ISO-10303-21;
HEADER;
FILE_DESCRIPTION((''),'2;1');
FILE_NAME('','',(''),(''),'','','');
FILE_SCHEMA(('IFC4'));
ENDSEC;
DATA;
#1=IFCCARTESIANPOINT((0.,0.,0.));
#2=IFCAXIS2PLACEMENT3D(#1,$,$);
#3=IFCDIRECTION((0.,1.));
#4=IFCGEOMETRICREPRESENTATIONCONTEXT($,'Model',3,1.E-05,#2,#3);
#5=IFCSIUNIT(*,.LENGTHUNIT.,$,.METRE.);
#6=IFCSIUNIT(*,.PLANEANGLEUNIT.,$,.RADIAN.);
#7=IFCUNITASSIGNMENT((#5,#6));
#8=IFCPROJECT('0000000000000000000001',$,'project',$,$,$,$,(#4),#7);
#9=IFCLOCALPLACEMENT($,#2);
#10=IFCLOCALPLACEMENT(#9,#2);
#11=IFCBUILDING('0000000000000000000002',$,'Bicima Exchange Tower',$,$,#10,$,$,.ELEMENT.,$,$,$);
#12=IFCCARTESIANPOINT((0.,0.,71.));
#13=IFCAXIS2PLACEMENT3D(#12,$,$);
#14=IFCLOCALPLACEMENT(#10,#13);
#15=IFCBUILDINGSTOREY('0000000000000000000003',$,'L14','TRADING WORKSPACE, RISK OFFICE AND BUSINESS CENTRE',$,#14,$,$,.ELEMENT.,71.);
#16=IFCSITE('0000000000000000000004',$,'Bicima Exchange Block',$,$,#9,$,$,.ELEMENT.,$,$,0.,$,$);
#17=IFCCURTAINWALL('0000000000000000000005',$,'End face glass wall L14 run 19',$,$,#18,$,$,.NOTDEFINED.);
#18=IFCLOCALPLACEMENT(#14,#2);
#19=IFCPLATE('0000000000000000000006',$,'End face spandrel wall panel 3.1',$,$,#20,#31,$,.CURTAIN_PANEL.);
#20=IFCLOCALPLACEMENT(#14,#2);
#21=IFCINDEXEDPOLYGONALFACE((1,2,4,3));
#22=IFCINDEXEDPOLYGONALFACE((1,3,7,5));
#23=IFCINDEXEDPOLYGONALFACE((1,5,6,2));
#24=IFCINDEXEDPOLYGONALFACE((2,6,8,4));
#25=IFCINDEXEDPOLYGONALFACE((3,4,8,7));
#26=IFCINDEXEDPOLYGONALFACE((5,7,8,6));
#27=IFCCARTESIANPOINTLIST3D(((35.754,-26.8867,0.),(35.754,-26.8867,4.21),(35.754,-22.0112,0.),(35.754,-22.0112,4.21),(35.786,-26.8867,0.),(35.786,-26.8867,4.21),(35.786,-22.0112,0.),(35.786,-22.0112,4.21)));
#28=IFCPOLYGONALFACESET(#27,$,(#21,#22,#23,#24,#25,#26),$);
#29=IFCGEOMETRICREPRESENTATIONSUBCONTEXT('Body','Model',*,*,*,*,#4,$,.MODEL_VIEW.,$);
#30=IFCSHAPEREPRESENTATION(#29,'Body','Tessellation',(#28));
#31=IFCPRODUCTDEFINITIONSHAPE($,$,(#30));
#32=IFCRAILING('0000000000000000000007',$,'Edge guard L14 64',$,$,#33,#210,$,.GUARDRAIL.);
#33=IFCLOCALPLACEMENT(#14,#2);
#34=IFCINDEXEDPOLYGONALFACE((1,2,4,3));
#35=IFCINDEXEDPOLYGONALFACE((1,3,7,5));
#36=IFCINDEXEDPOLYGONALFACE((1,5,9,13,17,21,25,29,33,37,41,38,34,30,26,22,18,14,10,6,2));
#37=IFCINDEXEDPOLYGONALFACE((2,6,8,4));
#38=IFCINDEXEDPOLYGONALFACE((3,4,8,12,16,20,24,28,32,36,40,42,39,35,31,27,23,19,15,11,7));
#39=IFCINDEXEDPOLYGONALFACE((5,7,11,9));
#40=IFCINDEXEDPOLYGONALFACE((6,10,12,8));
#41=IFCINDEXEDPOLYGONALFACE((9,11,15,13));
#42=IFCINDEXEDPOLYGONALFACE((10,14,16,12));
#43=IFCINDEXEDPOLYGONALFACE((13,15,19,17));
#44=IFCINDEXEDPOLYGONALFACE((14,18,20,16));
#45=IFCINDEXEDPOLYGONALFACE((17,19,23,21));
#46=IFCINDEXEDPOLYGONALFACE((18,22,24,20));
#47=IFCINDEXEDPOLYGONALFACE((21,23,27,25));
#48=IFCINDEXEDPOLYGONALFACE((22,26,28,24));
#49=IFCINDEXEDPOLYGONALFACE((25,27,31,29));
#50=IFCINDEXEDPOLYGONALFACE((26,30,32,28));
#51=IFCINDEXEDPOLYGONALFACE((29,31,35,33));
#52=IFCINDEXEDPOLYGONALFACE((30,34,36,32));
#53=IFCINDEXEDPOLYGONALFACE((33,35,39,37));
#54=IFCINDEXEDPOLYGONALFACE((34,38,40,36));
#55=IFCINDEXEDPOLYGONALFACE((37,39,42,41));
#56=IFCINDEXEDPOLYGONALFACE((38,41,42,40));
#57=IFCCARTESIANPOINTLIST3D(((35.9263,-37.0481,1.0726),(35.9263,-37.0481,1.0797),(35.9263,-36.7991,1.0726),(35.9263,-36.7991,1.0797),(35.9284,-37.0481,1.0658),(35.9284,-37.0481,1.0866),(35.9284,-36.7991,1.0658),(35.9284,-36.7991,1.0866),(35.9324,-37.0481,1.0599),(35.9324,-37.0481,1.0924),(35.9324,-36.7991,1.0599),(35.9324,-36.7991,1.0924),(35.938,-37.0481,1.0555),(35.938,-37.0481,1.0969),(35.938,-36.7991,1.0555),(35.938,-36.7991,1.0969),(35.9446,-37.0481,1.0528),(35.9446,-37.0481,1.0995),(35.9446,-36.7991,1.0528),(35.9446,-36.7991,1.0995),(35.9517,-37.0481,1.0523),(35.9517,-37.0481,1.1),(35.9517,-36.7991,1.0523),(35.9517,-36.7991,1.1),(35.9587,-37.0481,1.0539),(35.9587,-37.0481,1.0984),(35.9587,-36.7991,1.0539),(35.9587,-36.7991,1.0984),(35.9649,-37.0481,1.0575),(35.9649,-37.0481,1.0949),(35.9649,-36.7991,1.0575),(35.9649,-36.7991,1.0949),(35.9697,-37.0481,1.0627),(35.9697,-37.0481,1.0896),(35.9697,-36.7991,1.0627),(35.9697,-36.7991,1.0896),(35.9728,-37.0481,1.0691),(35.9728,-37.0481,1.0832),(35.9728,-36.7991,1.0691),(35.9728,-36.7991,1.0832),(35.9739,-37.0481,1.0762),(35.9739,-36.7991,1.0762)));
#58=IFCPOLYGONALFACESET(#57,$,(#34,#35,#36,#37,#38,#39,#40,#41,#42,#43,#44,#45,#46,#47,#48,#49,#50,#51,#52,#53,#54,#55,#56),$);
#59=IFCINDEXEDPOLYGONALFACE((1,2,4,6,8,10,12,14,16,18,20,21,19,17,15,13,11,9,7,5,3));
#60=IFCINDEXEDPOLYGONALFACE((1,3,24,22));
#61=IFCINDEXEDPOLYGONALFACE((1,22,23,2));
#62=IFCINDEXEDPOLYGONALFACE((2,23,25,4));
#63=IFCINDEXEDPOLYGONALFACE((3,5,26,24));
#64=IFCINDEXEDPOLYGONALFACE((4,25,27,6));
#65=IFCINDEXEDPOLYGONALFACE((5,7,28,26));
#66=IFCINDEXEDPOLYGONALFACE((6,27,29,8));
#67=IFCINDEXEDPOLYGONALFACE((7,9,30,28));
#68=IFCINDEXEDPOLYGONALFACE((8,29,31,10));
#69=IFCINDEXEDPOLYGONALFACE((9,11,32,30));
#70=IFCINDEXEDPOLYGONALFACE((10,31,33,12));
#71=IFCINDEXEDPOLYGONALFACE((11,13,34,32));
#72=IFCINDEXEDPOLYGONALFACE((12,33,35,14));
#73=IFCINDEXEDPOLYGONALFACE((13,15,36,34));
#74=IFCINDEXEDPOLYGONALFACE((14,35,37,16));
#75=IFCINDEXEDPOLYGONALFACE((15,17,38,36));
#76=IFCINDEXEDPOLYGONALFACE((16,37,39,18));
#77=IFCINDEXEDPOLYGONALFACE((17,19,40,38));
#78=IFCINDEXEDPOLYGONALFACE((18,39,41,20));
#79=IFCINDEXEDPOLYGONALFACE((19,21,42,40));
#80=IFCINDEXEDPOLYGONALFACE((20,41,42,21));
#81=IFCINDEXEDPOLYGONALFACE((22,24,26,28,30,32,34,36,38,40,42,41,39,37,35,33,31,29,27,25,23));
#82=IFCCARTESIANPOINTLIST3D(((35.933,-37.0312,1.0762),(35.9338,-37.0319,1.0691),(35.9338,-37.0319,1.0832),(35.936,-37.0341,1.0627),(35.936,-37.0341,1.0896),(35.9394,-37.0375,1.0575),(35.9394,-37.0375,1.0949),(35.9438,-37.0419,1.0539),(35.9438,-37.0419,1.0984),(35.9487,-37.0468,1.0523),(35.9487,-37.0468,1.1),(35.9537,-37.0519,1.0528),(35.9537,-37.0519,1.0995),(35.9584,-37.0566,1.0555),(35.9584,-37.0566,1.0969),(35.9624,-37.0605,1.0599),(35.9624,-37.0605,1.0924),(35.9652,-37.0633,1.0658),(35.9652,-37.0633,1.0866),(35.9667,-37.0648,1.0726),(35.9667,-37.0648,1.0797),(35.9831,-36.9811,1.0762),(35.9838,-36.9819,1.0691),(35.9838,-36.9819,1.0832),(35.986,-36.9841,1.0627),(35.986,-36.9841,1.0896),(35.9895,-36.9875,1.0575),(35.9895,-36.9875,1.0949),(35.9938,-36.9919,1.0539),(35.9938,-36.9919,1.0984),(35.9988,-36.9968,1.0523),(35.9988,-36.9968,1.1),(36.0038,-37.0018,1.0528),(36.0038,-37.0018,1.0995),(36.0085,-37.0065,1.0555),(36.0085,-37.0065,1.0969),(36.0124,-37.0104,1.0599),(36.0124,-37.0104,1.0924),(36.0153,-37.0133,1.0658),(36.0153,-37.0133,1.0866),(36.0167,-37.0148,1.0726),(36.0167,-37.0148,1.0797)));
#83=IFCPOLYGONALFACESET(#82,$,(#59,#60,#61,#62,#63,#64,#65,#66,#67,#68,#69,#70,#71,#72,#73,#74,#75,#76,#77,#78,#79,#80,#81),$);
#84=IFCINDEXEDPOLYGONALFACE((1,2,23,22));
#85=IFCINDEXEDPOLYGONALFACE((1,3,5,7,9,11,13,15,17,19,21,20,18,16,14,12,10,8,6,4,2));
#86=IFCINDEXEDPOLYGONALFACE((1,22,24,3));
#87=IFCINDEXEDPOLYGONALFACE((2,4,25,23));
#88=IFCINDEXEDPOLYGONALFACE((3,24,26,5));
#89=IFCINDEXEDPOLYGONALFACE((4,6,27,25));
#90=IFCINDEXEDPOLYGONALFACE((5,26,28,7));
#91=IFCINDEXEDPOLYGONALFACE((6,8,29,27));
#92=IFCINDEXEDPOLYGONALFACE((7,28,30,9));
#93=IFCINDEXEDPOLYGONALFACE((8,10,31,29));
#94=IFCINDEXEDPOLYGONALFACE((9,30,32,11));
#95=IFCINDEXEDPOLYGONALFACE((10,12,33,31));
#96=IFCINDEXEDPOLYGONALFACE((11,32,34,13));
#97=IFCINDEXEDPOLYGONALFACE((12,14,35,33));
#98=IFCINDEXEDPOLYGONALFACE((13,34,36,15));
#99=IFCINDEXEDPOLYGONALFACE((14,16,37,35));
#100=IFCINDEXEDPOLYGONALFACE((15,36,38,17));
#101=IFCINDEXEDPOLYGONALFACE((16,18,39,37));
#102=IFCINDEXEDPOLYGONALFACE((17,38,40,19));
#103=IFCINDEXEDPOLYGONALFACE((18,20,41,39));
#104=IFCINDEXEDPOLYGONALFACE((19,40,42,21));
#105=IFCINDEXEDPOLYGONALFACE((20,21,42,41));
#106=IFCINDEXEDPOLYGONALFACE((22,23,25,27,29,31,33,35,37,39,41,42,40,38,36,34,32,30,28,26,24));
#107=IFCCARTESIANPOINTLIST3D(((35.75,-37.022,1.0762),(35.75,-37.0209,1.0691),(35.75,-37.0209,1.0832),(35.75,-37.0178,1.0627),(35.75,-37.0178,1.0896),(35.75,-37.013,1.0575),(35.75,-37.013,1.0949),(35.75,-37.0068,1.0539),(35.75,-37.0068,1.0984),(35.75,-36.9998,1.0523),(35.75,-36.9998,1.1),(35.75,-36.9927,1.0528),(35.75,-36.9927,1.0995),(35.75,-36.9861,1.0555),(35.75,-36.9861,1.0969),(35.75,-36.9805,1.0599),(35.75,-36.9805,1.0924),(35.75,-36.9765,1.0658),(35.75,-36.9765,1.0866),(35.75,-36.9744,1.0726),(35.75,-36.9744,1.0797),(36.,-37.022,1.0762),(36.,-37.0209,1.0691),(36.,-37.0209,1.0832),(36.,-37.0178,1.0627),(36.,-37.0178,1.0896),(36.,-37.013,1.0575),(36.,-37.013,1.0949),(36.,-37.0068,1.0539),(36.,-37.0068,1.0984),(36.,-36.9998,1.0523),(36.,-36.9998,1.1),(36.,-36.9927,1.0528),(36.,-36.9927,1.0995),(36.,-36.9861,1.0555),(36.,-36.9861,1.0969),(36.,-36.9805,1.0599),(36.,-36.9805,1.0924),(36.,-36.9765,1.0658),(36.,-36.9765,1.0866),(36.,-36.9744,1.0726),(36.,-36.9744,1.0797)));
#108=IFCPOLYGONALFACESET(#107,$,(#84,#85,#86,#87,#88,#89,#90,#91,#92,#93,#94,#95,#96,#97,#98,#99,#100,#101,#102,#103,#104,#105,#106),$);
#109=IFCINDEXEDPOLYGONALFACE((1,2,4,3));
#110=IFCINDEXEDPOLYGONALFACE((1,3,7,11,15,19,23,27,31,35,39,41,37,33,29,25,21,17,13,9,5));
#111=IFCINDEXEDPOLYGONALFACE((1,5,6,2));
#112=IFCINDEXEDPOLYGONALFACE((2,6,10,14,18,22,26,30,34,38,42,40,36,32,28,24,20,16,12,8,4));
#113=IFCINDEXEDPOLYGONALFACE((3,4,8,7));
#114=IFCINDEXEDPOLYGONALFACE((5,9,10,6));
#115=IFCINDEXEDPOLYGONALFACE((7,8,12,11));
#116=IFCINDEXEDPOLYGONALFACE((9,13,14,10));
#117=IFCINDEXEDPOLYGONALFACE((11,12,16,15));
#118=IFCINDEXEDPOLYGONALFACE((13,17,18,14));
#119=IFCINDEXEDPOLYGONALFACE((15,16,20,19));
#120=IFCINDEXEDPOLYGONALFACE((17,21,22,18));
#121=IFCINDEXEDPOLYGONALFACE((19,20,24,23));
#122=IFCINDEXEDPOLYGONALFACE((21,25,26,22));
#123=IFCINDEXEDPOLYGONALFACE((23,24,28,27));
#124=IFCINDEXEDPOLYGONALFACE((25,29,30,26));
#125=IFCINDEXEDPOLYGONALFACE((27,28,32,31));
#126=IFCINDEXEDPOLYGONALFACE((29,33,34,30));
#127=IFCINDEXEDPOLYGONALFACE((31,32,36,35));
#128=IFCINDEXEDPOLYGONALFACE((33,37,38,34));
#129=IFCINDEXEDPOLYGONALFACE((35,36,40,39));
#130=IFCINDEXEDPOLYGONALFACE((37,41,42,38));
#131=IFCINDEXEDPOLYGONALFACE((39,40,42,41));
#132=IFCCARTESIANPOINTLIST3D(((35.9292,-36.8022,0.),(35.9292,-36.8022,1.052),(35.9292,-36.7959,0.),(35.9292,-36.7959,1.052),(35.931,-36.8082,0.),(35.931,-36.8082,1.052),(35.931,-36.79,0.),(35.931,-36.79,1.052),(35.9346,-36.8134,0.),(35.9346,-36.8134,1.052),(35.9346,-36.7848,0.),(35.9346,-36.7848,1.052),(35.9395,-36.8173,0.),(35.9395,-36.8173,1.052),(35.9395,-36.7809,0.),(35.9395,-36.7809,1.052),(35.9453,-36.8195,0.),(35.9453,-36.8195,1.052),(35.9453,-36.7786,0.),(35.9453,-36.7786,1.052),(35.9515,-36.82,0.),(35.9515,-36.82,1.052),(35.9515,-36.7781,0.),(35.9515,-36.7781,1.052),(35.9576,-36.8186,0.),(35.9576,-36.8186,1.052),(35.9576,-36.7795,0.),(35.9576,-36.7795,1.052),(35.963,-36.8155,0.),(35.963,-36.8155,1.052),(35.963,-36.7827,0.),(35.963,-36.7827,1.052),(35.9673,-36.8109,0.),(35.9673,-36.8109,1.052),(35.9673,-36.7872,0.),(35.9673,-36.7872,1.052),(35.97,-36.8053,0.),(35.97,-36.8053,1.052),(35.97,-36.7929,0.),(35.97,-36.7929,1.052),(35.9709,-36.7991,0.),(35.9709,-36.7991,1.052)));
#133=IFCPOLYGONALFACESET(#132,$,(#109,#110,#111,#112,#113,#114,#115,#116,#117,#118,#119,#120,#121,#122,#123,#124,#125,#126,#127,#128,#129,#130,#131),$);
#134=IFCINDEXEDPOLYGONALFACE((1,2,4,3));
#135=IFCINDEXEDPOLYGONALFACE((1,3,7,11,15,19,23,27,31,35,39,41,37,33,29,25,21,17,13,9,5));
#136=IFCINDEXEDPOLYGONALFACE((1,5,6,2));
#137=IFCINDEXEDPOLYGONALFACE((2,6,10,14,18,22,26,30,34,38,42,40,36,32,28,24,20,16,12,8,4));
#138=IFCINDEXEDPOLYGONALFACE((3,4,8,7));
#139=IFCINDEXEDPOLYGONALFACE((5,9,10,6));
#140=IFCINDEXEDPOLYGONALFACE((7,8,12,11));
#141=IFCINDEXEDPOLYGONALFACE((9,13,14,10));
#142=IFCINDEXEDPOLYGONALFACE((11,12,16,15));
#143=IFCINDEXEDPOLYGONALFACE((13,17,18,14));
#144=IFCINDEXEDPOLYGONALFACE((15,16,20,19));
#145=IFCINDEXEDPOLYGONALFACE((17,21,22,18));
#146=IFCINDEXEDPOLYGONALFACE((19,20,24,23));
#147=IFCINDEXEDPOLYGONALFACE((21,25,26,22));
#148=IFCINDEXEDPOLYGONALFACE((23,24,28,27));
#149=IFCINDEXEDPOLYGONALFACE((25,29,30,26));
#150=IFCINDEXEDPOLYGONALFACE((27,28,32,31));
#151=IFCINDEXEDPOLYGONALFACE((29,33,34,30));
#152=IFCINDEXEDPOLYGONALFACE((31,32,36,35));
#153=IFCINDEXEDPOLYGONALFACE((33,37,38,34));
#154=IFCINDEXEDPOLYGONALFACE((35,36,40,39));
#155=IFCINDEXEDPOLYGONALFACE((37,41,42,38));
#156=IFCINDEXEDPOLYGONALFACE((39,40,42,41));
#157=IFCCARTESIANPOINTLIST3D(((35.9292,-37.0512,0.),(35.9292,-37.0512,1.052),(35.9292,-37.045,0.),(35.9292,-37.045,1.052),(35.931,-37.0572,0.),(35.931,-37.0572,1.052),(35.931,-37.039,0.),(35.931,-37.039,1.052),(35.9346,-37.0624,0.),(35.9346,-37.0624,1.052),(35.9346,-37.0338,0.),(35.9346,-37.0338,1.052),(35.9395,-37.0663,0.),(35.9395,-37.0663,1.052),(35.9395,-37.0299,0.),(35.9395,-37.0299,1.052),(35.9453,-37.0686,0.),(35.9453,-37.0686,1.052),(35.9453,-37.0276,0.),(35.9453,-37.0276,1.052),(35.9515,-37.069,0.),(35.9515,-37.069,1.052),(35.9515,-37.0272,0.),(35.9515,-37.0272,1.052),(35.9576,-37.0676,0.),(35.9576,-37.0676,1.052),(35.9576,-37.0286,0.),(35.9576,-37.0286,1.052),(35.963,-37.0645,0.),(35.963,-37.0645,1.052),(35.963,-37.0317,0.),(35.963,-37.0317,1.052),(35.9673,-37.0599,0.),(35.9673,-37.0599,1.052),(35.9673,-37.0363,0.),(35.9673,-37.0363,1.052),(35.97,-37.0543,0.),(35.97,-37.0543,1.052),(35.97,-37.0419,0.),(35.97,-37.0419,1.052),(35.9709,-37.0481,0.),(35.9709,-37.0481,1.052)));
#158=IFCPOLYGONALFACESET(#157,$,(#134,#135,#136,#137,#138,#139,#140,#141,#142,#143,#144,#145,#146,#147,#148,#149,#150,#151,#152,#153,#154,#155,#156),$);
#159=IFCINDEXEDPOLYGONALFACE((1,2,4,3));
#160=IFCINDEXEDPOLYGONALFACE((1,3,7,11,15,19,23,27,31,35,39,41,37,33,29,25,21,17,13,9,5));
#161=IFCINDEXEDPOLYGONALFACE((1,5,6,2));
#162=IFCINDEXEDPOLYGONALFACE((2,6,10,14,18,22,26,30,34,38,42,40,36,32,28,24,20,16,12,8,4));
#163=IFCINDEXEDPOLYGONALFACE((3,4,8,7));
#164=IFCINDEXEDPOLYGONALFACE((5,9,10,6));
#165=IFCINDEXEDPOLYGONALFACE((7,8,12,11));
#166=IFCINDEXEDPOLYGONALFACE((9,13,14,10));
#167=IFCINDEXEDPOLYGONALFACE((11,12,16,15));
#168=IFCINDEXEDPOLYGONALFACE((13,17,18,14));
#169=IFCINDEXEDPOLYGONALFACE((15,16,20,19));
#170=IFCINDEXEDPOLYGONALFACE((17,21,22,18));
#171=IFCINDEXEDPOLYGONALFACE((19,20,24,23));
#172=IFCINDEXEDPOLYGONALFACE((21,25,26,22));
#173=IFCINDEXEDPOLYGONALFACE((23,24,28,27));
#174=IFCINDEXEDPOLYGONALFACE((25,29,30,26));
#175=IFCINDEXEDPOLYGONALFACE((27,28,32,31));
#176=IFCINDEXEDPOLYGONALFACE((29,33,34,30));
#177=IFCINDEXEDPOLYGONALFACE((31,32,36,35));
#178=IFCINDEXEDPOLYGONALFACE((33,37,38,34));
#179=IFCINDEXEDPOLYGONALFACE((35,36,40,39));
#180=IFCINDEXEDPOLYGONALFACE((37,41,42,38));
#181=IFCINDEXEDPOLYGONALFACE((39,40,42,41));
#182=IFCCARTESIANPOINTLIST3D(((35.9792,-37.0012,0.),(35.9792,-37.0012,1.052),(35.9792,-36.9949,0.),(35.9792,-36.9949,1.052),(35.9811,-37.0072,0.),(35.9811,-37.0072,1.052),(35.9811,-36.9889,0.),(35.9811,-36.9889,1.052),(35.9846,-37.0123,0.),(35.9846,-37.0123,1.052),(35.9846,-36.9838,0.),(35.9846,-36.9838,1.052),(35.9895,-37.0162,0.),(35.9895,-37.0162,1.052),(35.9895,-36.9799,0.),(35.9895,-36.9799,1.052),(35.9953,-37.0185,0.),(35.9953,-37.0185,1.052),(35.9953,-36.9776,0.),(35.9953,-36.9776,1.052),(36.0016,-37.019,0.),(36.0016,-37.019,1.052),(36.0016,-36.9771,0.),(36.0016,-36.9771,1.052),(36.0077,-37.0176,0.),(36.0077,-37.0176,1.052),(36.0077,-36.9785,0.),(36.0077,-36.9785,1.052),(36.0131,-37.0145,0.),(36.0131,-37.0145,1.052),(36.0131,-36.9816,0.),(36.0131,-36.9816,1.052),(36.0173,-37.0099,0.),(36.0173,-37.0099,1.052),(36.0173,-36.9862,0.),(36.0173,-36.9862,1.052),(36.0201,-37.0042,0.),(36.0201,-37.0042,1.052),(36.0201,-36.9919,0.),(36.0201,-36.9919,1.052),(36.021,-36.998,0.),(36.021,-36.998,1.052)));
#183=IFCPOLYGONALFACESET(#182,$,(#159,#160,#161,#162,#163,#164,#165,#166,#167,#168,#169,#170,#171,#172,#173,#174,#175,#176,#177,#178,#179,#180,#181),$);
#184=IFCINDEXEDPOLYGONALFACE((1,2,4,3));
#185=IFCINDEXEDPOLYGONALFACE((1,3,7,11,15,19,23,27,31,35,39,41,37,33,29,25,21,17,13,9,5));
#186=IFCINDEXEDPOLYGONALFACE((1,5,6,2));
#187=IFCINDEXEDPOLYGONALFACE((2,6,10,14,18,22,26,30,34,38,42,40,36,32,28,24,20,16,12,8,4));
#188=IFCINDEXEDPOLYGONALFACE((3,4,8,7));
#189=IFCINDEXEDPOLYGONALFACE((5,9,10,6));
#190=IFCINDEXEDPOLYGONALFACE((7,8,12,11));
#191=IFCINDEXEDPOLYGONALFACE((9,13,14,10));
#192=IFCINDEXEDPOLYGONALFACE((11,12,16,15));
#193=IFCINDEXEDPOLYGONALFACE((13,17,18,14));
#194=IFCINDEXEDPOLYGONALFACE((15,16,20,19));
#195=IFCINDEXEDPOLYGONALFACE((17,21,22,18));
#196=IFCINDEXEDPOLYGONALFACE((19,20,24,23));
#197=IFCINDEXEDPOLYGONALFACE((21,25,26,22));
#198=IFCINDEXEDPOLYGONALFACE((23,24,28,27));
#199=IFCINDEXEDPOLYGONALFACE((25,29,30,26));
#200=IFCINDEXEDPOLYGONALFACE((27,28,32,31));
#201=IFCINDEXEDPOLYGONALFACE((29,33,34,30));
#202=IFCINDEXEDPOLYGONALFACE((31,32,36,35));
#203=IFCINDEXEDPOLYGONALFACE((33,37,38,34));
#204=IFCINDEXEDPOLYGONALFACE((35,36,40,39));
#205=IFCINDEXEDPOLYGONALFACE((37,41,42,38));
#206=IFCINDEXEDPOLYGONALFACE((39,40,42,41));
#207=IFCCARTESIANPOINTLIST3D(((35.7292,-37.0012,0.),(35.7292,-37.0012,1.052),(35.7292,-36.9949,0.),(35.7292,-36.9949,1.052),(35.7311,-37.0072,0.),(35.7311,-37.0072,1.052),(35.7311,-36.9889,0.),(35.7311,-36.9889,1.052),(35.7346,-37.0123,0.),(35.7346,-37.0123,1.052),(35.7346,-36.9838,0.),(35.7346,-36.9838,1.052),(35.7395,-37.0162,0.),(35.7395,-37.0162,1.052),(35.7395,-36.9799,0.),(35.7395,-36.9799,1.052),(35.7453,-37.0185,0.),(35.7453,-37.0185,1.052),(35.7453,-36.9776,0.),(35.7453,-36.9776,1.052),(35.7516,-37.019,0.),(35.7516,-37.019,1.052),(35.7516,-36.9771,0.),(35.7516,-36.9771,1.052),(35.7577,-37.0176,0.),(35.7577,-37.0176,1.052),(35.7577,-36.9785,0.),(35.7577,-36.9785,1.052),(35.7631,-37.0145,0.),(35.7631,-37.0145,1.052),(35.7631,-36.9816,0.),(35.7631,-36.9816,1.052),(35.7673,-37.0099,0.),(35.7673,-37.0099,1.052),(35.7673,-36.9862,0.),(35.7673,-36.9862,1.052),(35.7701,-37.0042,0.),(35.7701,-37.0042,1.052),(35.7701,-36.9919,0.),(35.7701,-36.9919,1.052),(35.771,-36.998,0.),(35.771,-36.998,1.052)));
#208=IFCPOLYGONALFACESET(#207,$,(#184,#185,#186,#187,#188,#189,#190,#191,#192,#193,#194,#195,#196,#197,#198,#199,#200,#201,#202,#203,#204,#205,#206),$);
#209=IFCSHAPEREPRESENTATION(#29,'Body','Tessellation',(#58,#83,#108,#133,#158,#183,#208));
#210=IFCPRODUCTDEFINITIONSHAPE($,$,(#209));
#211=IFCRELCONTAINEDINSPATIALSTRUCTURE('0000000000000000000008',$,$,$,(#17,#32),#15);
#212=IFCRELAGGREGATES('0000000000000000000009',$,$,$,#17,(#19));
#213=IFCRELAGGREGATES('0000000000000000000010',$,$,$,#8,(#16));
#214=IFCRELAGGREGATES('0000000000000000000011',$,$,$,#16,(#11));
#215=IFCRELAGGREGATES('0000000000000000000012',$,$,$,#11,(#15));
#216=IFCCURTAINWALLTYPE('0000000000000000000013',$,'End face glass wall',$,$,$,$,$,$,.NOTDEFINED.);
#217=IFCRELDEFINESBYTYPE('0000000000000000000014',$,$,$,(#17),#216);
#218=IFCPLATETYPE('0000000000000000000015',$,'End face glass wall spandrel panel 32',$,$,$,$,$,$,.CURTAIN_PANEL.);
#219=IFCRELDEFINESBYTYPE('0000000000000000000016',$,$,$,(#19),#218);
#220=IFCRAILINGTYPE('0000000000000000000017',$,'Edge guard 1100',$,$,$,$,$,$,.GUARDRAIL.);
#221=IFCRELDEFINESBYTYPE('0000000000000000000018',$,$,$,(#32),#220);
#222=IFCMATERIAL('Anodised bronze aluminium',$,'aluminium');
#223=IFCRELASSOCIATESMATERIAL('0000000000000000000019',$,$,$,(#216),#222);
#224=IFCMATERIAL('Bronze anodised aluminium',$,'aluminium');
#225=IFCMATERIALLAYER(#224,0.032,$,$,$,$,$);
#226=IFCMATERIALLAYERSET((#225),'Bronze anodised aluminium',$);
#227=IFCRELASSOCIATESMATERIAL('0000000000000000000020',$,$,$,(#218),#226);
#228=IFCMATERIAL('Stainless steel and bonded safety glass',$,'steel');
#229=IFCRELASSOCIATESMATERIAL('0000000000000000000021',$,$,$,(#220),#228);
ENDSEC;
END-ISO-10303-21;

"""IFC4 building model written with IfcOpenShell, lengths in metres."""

from ifc_helpers import new_model, si_unit, direction, frame, origin, origin_2d, place, context, subcontext, project, spatial, rectangle, circle, extrude, material, layer, layer_set, type_object, element, aggregate, save


model = new_model("IFC4")

# Units and contexts
model_context = context("Model", 3, precision=1e-05, world=origin(), true_north=direction((0.0, 1.0)))
body_context = subcontext(model_context, "Body", "Model", "MODEL_VIEW")
ifc_project = project(units=[si_unit("LENGTHUNIT", "METRE"), si_unit("PLANEANGLEUNIT", "RADIAN")], contexts=[model_context])

# Site, building, storey
site_placement = place(None, origin())
site = spatial("IfcSite", under=ifc_project, at=site_placement, Name="Bicima Exchange Block", CompositionType="ELEMENT", RefElevation=0.0)
building_placement = place(site_placement, origin())
building = spatial("IfcBuilding", under=site, at=building_placement, Name="Bicima Exchange Tower", CompositionType="ELEMENT")
storey_placement = place(building_placement, frame((0.0, 0.0, 71.0)))
storey = spatial("IfcBuildingStorey", under=building, at=storey_placement, Name="L14", Description="TRADING WORKSPACE, RISK OFFICE AND BUSINESS CENTRE", CompositionType="ELEMENT", Elevation=71.0)

# Curtain wall
ifc_material_1 = material(Name="Anodised bronze aluminium", Category="aluminium")
curtain_wall_type = type_object("IfcCurtainWallType", Name="End face glass wall", PredefinedType="NOTDEFINED", material=ifc_material_1)
curtain_wall_placement = place(storey_placement, origin())
curtain_wall = element("IfcCurtainWall", 1, at=curtain_wall_placement, inside=storey, type_object=curtain_wall_type, Name="End face glass wall L14 run 19", PredefinedType="NOTDEFINED")

# Plate
ifc_material_2 = material(Name="Bronze anodised aluminium", Category="aluminium")
ifc_layer_1 = layer(ifc_material_2, 0.032)
ifc_layer_set_1 = layer_set([ifc_layer_1], Name="Bronze anodised aluminium")
plate_type_1 = type_object("IfcPlateType", Name="End face glass wall spandrel panel 32", PredefinedType="CURTAIN_PANEL", material=ifc_layer_set_1)
plate_1_placement = place(storey_placement, frame((35.77, -24.449, 0.0), z_axis=(0.0, 0.0, 1.0), x_axis=(0.0, 1.0, 0.0)))
plate_1 = element("IfcPlate", 2, at=plate_1_placement, type_object=plate_type_1, Name="End face spandrel wall panel 3.1", PredefinedType="CURTAIN_PANEL", context=body_context, shape_type="SweptSolid", body=[
    extrude(rectangle(XDim=4.8755, YDim=0.032, at=origin_2d()), origin(), (0.0, 0.0, 1.0), 4.21),
])
aggregate(curtain_wall, [plate_1])

# Railing
ifc_material_3 = material(Name="Stainless steel and bonded safety glass", Category="steel")
railing_type = type_object("IfcRailingType", Name="Edge guard 1100", PredefinedType="GUARDRAIL", material=ifc_material_3)
railing_placement = place(storey_placement, frame((35.95, -36.7991, 0.0)))
element("IfcRailing", 3, at=railing_placement, inside=storey, type_object=railing_type, Name="Edge guard L14 64", PredefinedType="GUARDRAIL", context=body_context, shape_type="SweptSolid", body=[
    extrude(circle(Radius=0.0239, at=origin_2d()), frame((0.0, 0.0, 1.0762), z_axis=(0.0, -1.0, 0.0), x_axis=(1.0, 0.0, 0.0)), (0.0, 0.0, 1.0), 0.249),
    extrude(circle(Radius=0.0239, at=origin_2d()), frame((0.0, -0.249, 1.0762), z_axis=(0.707107, 0.707107, 0.0), x_axis=(-0.707107, 0.707107, 0.0)), (0.0, 0.0, 1.0), 0.0708),
    extrude(circle(Radius=0.0239, at=origin_2d()), frame((0.05, -0.199, 1.0762), z_axis=(-1.0, 0.0, 0.0), x_axis=(0.0, -1.0, 0.0)), (0.0, 0.0, 1.0), 0.25),
    extrude(circle(Radius=0.021, at=origin_2d()), origin(), (0.0, 0.0, 1.0), 1.052),
    extrude(circle(Radius=0.021, at=origin_2d()), frame((0.0, -0.249, 0.0)), (0.0, 0.0, 1.0), 1.052),
    extrude(circle(Radius=0.021, at=origin_2d()), frame((0.05, -0.199, 0.0)), (0.0, 0.0, 1.0), 1.052),
    extrude(circle(Radius=0.021, at=origin_2d()), frame((-0.2, -0.199, 0.0)), (0.0, 0.0, 1.0), 1.052),
])

save(model, "model.ifc")
